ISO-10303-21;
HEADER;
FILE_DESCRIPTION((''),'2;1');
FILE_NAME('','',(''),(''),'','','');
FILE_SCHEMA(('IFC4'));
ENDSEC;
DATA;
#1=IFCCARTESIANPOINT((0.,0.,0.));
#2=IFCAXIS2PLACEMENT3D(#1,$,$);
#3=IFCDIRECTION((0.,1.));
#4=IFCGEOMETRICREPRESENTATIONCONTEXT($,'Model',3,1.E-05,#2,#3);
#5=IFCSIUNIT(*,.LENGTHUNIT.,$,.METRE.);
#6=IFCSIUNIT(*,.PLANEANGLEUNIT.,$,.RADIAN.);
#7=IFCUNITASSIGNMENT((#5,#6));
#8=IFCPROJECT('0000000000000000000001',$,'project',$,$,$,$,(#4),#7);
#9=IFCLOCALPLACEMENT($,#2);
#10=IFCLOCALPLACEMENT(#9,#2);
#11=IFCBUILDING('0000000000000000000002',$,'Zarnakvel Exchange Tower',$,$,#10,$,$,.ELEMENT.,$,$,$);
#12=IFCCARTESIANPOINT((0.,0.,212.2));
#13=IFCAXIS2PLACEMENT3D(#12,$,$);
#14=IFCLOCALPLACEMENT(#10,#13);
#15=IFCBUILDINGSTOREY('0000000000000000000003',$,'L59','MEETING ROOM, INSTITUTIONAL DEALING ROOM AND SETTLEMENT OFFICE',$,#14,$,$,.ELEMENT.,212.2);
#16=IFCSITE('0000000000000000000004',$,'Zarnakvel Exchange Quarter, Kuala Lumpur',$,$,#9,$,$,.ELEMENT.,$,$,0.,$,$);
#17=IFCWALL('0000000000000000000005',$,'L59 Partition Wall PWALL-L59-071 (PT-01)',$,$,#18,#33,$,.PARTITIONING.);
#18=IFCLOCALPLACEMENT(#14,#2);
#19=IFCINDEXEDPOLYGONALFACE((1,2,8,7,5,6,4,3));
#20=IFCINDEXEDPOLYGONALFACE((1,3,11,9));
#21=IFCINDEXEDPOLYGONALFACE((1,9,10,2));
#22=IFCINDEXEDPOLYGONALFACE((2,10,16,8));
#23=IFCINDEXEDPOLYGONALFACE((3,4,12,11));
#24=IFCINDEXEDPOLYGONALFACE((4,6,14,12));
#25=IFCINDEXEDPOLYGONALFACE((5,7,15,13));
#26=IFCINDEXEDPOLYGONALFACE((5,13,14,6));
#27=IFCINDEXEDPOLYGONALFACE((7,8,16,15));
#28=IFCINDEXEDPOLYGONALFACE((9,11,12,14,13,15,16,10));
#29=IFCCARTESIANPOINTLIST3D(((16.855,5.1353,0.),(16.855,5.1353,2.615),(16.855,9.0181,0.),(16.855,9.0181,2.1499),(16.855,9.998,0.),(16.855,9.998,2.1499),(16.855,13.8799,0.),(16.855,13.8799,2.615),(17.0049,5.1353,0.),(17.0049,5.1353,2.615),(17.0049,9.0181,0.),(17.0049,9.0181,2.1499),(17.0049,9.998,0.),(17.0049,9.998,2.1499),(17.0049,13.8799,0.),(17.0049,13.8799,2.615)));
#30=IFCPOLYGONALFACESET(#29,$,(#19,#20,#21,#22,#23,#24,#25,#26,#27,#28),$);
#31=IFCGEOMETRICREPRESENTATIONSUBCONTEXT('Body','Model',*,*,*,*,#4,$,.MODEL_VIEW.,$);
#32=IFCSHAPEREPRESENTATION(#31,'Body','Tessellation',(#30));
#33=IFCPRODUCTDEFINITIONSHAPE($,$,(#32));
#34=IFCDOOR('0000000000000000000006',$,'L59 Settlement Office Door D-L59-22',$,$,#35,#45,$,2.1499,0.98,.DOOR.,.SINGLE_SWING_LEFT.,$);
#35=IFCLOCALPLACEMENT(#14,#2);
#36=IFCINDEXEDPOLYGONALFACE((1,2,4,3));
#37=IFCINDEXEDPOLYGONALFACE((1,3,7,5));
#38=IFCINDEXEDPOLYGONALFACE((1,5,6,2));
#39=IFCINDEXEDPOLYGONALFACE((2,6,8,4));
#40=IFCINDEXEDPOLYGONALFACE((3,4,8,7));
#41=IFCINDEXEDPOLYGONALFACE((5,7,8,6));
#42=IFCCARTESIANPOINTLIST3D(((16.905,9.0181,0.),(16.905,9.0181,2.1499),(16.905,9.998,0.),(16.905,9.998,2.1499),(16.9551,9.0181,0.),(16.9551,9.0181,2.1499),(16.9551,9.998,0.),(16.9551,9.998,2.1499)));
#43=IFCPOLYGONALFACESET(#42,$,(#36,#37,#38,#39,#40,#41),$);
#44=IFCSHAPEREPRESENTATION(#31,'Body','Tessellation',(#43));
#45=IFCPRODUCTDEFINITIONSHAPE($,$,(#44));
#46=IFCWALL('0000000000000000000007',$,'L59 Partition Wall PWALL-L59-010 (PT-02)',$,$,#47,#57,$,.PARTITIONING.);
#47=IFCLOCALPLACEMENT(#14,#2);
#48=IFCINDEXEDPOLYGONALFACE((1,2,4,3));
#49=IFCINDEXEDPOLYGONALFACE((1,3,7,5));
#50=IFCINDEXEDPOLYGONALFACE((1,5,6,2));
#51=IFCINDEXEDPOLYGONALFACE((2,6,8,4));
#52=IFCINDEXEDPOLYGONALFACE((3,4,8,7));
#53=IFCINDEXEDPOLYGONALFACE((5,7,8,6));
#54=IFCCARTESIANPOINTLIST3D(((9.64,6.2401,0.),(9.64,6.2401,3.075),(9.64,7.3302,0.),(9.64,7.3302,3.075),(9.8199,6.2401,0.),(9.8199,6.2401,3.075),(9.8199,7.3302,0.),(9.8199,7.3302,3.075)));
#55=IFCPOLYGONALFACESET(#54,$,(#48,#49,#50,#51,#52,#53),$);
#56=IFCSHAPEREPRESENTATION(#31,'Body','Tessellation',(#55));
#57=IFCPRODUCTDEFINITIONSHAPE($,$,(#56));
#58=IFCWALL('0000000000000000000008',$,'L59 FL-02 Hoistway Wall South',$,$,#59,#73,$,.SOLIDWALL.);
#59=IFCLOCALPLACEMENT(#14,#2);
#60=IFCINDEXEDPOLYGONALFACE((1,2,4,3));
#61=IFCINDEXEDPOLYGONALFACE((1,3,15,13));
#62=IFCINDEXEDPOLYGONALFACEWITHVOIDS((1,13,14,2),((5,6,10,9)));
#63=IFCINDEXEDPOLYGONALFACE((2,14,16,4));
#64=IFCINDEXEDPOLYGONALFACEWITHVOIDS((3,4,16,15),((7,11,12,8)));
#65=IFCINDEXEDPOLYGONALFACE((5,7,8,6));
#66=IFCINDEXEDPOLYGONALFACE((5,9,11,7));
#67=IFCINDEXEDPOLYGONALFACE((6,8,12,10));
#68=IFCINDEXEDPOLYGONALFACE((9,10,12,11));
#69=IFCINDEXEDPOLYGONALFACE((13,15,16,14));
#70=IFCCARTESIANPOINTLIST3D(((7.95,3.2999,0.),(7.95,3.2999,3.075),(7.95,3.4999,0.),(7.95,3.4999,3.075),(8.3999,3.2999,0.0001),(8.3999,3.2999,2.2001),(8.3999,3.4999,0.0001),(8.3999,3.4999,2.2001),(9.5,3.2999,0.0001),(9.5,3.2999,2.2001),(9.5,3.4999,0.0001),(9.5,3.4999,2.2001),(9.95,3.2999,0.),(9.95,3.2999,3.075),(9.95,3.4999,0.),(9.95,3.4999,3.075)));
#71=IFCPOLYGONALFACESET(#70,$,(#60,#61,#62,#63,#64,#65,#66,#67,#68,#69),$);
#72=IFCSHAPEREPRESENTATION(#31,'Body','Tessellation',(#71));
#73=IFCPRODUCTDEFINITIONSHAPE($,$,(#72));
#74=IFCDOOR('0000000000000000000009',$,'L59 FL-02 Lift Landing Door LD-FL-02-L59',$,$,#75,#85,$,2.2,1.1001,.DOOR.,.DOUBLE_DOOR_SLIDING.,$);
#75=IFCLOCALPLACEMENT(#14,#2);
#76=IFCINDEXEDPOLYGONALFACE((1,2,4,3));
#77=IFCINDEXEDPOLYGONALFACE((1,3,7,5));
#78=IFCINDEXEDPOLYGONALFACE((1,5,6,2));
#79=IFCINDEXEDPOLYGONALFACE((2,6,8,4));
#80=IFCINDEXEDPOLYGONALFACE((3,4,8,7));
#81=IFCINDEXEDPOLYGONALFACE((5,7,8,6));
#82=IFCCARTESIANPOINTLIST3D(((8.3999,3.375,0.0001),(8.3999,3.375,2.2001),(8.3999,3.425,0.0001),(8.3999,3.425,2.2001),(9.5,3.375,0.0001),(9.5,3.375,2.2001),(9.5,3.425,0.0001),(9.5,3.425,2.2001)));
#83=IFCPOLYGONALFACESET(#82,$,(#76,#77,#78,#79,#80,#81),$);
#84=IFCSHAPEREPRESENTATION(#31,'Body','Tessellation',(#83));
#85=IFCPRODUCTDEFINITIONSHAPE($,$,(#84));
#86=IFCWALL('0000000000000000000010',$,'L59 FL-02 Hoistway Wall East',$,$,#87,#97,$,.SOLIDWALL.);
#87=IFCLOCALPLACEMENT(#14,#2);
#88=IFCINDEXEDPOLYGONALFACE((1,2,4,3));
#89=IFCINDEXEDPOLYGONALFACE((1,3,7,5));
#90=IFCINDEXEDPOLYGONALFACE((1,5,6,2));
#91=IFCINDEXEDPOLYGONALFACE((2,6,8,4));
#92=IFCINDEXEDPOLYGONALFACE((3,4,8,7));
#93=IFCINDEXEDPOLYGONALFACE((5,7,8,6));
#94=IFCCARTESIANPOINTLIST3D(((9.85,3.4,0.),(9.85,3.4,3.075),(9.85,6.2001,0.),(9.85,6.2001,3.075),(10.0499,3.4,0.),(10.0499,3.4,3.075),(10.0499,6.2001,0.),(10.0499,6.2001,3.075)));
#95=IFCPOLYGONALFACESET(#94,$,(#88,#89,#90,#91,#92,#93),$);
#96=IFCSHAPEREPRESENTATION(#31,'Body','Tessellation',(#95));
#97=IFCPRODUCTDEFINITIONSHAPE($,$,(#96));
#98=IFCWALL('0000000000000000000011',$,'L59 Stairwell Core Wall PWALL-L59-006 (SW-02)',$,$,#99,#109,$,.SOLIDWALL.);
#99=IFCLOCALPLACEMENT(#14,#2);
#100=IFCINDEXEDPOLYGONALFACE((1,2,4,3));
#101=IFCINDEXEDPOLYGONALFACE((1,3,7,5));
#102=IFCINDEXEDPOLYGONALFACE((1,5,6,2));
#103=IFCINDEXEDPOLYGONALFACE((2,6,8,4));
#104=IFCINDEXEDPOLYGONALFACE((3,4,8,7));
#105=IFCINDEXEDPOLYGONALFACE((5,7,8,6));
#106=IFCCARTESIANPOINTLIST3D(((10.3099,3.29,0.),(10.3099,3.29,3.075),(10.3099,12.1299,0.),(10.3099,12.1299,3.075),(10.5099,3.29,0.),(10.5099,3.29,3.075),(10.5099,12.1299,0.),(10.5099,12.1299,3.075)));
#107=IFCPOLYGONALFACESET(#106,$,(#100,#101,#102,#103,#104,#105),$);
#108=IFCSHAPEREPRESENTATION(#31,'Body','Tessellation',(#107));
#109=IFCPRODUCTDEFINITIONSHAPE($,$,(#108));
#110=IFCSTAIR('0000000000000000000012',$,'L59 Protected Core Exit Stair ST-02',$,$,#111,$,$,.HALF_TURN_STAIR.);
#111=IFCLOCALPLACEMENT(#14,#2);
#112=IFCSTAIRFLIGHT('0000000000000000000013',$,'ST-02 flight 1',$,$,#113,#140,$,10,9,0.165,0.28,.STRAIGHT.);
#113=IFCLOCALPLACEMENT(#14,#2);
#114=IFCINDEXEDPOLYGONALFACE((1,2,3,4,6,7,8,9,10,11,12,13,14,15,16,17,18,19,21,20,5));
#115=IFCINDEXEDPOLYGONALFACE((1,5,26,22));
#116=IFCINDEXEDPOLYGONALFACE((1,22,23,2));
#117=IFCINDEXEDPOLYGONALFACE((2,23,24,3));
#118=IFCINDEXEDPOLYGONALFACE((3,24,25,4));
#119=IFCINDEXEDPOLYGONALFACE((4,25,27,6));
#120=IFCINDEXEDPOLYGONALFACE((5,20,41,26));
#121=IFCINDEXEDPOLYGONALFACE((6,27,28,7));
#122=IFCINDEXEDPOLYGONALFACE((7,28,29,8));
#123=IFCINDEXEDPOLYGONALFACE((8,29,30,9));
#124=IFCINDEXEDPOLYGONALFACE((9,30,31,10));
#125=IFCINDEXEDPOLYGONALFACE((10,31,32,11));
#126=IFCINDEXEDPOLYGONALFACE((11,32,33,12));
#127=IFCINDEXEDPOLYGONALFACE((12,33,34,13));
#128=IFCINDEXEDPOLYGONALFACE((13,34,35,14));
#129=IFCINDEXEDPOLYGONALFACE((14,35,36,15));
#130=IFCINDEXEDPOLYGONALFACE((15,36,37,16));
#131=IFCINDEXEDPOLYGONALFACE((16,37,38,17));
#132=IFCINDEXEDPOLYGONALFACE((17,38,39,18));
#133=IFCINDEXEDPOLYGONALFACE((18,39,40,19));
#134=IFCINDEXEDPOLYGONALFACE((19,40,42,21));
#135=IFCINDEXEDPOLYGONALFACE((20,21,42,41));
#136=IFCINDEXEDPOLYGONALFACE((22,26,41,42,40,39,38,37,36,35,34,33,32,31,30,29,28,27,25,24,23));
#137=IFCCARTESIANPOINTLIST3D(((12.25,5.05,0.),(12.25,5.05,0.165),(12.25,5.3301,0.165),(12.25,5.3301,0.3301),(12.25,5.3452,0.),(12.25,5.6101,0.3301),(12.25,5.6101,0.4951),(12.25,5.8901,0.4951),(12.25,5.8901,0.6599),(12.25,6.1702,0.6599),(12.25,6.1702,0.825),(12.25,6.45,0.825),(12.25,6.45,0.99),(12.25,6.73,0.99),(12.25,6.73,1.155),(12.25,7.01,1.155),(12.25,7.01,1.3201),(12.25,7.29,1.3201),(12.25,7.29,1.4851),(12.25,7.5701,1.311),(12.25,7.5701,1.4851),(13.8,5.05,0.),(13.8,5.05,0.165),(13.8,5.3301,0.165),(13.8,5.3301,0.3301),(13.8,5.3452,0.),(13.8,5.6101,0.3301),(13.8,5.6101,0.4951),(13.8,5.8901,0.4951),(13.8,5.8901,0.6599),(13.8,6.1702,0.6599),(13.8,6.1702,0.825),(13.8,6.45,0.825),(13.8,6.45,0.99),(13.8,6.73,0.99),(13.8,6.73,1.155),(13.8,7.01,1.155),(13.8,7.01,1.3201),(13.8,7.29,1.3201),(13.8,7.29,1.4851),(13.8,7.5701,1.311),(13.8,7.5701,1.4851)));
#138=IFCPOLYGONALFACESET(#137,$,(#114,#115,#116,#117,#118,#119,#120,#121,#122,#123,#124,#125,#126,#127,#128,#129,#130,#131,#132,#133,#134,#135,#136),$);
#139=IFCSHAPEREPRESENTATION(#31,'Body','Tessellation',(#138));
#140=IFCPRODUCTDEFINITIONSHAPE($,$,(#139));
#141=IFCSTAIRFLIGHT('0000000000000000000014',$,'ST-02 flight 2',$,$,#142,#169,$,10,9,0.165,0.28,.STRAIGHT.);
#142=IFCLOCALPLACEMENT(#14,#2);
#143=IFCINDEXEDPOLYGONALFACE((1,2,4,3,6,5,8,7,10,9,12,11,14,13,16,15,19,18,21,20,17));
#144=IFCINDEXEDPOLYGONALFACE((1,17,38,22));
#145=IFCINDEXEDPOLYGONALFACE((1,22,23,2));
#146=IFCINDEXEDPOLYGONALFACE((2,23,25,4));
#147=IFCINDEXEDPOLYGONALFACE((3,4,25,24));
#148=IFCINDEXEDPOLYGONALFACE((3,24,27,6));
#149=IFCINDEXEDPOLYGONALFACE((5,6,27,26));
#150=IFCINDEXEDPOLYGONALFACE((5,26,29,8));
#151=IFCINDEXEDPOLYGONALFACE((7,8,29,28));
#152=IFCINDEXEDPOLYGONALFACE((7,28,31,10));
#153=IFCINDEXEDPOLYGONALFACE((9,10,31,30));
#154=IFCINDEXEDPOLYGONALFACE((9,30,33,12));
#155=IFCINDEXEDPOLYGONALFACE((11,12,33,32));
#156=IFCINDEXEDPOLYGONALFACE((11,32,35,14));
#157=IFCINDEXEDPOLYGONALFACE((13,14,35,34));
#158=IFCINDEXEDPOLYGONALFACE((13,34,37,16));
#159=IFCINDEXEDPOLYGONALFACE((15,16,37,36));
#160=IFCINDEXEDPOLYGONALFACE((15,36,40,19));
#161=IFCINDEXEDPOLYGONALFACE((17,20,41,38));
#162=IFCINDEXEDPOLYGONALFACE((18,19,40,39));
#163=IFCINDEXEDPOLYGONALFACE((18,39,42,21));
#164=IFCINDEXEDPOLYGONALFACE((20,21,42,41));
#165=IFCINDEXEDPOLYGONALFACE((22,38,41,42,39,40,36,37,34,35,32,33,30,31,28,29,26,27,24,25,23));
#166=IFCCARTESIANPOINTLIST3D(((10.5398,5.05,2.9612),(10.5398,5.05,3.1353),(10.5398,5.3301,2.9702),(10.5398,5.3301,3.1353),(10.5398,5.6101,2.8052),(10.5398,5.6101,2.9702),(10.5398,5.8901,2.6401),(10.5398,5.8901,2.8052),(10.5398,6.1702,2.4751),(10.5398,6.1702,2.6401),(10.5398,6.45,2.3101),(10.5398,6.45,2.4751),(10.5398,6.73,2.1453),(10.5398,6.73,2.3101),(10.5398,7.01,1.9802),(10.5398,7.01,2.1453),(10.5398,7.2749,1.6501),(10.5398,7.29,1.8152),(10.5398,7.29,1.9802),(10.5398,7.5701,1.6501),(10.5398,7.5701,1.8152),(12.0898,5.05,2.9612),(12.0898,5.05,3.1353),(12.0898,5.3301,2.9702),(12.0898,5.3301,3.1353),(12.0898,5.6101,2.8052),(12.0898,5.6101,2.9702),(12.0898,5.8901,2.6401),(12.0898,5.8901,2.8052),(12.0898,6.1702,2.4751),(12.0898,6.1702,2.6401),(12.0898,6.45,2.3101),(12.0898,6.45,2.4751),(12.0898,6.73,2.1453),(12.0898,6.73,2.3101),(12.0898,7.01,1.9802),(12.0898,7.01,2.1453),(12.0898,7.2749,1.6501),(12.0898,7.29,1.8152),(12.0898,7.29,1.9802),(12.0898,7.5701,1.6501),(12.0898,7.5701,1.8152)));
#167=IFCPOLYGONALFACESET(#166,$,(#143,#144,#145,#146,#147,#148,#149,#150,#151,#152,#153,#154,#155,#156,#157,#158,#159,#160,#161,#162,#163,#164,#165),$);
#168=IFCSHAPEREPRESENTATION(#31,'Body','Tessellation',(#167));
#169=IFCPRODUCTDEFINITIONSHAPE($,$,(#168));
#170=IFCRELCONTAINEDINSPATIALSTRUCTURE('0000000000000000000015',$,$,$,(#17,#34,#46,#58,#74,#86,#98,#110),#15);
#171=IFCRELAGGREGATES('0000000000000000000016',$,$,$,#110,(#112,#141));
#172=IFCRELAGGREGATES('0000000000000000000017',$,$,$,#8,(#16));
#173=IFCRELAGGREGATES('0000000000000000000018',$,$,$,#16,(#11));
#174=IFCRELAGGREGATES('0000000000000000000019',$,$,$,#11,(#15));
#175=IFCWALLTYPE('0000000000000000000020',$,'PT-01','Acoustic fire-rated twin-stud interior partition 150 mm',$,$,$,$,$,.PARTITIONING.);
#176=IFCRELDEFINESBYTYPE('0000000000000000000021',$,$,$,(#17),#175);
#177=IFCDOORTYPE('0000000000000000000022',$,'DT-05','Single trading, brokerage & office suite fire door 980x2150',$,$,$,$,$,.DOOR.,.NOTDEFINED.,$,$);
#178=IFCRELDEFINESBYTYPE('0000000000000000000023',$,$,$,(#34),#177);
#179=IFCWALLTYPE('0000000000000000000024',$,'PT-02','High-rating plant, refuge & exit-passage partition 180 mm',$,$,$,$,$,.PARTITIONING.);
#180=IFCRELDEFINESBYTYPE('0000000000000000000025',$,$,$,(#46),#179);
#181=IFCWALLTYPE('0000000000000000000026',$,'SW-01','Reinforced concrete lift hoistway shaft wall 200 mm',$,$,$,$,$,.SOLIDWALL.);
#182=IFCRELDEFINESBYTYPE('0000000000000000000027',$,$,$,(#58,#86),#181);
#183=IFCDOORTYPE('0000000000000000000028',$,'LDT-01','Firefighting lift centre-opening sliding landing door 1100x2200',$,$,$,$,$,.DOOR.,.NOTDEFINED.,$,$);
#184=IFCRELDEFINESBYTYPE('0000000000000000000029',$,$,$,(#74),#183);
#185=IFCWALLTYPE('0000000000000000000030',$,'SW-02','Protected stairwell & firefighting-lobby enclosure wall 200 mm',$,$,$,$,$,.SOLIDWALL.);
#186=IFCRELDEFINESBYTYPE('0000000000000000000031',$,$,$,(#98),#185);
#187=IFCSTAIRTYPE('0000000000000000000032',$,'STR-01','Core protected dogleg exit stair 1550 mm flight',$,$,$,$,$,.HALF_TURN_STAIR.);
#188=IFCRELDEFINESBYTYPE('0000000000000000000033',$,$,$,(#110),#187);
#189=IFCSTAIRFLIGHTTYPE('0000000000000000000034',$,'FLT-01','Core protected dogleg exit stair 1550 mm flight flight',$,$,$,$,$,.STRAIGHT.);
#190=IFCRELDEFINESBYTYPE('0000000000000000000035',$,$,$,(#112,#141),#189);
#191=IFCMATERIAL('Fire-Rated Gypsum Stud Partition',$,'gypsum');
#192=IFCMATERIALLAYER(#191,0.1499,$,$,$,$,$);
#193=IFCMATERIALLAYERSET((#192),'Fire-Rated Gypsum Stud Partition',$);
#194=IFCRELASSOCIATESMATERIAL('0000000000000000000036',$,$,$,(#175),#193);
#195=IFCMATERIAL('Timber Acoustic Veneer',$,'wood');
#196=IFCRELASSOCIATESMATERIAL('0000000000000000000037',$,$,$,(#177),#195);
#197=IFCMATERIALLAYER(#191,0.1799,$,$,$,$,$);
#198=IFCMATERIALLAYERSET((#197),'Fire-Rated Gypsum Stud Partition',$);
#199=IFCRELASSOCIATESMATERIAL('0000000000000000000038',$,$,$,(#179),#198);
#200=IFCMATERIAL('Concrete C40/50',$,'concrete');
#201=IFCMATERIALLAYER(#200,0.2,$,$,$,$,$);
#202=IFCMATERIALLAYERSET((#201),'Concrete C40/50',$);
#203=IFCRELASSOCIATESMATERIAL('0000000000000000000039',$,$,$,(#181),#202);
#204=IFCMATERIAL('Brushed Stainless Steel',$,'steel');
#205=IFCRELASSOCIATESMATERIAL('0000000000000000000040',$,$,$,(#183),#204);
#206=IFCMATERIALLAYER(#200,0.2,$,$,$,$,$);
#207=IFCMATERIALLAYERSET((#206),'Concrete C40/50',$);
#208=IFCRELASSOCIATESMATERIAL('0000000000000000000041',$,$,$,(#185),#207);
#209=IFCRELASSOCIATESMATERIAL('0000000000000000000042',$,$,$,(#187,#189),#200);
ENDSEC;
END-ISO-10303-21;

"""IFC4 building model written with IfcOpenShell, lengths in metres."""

from ifc_helpers import new_model, si_unit, direction, frame, frame_2d, origin, place, context, subcontext, project, spatial, polyline, rectangle, outline, extrude, source, transform, mapped, material, layer, layer_set, type_object, element, fill, aggregate, save


model = new_model("IFC4")

# Units and contexts
model_context = context("Model", 3, precision=1e-05, world=origin(), true_north=direction((0.0, 1.0)))
body_context = subcontext(model_context, "Body", "Model", "MODEL_VIEW")
ifc_project = project(units=[si_unit("LENGTHUNIT", "METRE"), si_unit("PLANEANGLEUNIT", "RADIAN")], contexts=[model_context])

# Site, building, storey
site_placement = place(None, origin())
site = spatial("IfcSite", under=ifc_project, at=site_placement, Name="Zarnakvel Exchange Quarter, Kuala Lumpur", CompositionType="ELEMENT", RefElevation=0.0)
building_placement = place(site_placement, origin())
building = spatial("IfcBuilding", under=site, at=building_placement, Name="Zarnakvel Exchange Tower", CompositionType="ELEMENT")
storey_placement = place(building_placement, frame((0.0, 0.0, 212.2)))
storey = spatial("IfcBuildingStorey", under=building, at=storey_placement, Name="L59", Description="MEETING ROOM, INSTITUTIONAL DEALING ROOM AND SETTLEMENT OFFICE", CompositionType="ELEMENT", Elevation=212.2)

# Shared definitions
ifc_material_1 = material(Name="Fire-Rated Gypsum Stud Partition", Category="gypsum")
ifc_layer_1 = layer(ifc_material_1, 0.1499)
ifc_layer_set_1 = layer_set([ifc_layer_1], Name="Fire-Rated Gypsum Stud Partition")
wall_type_1 = type_object("IfcWallType", Name="PT-01", Description="Acoustic fire-rated twin-stud interior partition 150 mm", PredefinedType="PARTITIONING", material=ifc_layer_set_1)

# Wall, opening, door
wall_1_placement = place(storey_placement, frame((16.9299, 5.1353, 0.0), z_axis=(0.0, 0.0, 1.0), x_axis=(0.0, 1.0, 0.0)))
wall_1 = element("IfcWall", 1, at=wall_1_placement, inside=storey, type_object=wall_type_1, Name="L59 Partition Wall PWALL-L59-071 (PT-01)", PredefinedType="PARTITIONING", context=body_context, shape_type="SweptSolid", body=[
    extrude(rectangle(XDim=8.7446, YDim=0.1499, at=frame_2d((4.3723, 0.0))), origin(), (0.0, 0.0, 1.0), 2.615),
])
opening_1_placement = place(wall_1_placement, frame((3.8828, 0.0, 0.0)))
opening_1 = element("IfcOpeningElement", 2, at=opening_1_placement, cuts=wall_1, PredefinedType="OPENING", context=body_context, shape_type="SweptSolid", body=[
    extrude(rectangle(XDim=0.98, YDim=2.1499, at=frame_2d((0.49, 1.075))), frame((0.0, 0.085, 0.0), z_axis=(0.0, -1.0, 0.0), x_axis=(1.0, 0.0, 0.0)), (0.0, 0.0, 1.0), 0.1699),
])
ifc_material_2 = material(Name="Timber Acoustic Veneer", Category="wood")
door_type_1 = type_object("IfcDoorType", Name="DT-05", Description="Single trading, brokerage & office suite fire door 980x2150", OperationType="NOTDEFINED", PredefinedType="DOOR", material=ifc_material_2)
shared_shape_1 = source(origin(), body_context, "Body", "SweptSolid", [
    extrude(rectangle(XDim=0.98, YDim=2.1499, at=frame_2d((0.49, 1.075))), frame((0.0, 0.0249, 0.0), z_axis=(0.0, -1.0, 0.0), x_axis=(1.0, 0.0, 0.0)), (0.0, 0.0, 1.0), 0.05),
])
door_1_placement = place(opening_1_placement, origin())
door_1 = element("IfcDoor", 3, at=door_1_placement, inside=storey, type_object=door_type_1, Name="L59 Settlement Office Door D-L59-22", OperationType="SINGLE_SWING_LEFT", OverallHeight=2.1499, OverallWidth=0.98, PredefinedType="DOOR", context=body_context, shape_type="MappedRepresentation", body=[
    mapped(shared_shape_1, transform((0.0, 0.0, 0.0), x_axis=(1.0, 0.0, 0.0), y_axis=(0.0, 1.0, 0.0), z_axis=(0.0, 0.0, 1.0), scale=1.0)),
])
fill(opening_1, door_1)

# Wall
ifc_layer_2 = layer(ifc_material_1, 0.1799)
ifc_layer_set_2 = layer_set([ifc_layer_2], Name="Fire-Rated Gypsum Stud Partition")
wall_type_2 = type_object("IfcWallType", Name="PT-02", Description="High-rating plant, refuge & exit-passage partition 180 mm", PredefinedType="PARTITIONING", material=ifc_layer_set_2)
wall_2_placement = place(storey_placement, frame((9.73, 7.3301, 0.0), z_axis=(0.0, 0.0, 1.0), x_axis=(0.0, -1.0, 0.0)))
element("IfcWall", 4, at=wall_2_placement, inside=storey, type_object=wall_type_2, Name="L59 Partition Wall PWALL-L59-010 (PT-02)", PredefinedType="PARTITIONING", context=body_context, shape_type="SweptSolid", body=[
    extrude(rectangle(XDim=1.0901, YDim=0.1799, at=frame_2d((0.5449, 0.0))), origin(), (0.0, 0.0, 1.0), 3.075),
])

# Wall, opening, door
ifc_material_3 = material(Name="Concrete C40/50", Category="concrete")
ifc_layer_3 = layer(ifc_material_3, 0.2)
ifc_layer_set_3 = layer_set([ifc_layer_3], Name="Concrete C40/50")
wall_type_3 = type_object("IfcWallType", Name="SW-01", Description="Reinforced concrete lift hoistway shaft wall 200 mm", PredefinedType="SOLIDWALL", material=ifc_layer_set_3)
wall_3_placement = place(storey_placement, frame((9.95, 3.3999, 0.0), z_axis=(0.0, 0.0, 1.0), x_axis=(-1.0, 0.0, 0.0)))
wall_3 = element("IfcWall", 5, at=wall_3_placement, inside=storey, type_object=wall_type_3, Name="L59 FL-02 Hoistway Wall South", PredefinedType="SOLIDWALL", context=body_context, shape_type="SweptSolid", body=[
    extrude(rectangle(XDim=2.0, YDim=0.2, at=frame_2d((1.0, 0.0))), origin(), (0.0, 0.0, 1.0), 3.075),
])
opening_2_placement = place(wall_3_placement, frame((0.45, 0.0, 0.0)))
opening_2 = element("IfcOpeningElement", 6, at=opening_2_placement, cuts=wall_3, PredefinedType="OPENING", context=body_context, shape_type="SweptSolid", body=[
    extrude(rectangle(XDim=1.1001, YDim=2.2, at=frame_2d((0.55, 1.1001))), frame((0.0, 0.1099, 0.0), z_axis=(0.0, -1.0, 0.0), x_axis=(1.0, 0.0, 0.0)), (0.0, 0.0, 1.0), 0.22),
])
ifc_material_4 = material(Name="Brushed Stainless Steel", Category="steel")
door_type_2 = type_object("IfcDoorType", Name="LDT-01", Description="Firefighting lift centre-opening sliding landing door 1100x2200", OperationType="NOTDEFINED", PredefinedType="DOOR", material=ifc_material_4)
shared_shape_2 = source(origin(), body_context, "Body", "SweptSolid", [
    extrude(rectangle(XDim=1.1001, YDim=2.2, at=frame_2d((0.55, 1.1001))), frame((0.0, 0.0249, 0.0), z_axis=(0.0, -1.0, 0.0), x_axis=(1.0, 0.0, 0.0)), (0.0, 0.0, 1.0), 0.05),
])
door_2_placement = place(opening_2_placement, origin())
door_2 = element("IfcDoor", 7, at=door_2_placement, inside=storey, type_object=door_type_2, Name="L59 FL-02 Lift Landing Door LD-FL-02-L59", OperationType="DOUBLE_DOOR_SLIDING", OverallHeight=2.2, OverallWidth=1.1001, PredefinedType="DOOR", context=body_context, shape_type="MappedRepresentation", body=[
    mapped(shared_shape_2, transform((0.0, 0.0, 0.0), x_axis=(1.0, 0.0, 0.0), y_axis=(0.0, 1.0, 0.0), z_axis=(0.0, 0.0, 1.0), scale=1.0)),
])
fill(opening_2, door_2)

# Wall
wall_4_placement = place(storey_placement, frame((9.95, 6.2, 0.0), z_axis=(0.0, 0.0, 1.0), x_axis=(0.0, -1.0, 0.0)))
element("IfcWall", 8, at=wall_4_placement, inside=storey, type_object=wall_type_3, Name="L59 FL-02 Hoistway Wall East", PredefinedType="SOLIDWALL", context=body_context, shape_type="SweptSolid", body=[
    extrude(rectangle(XDim=2.8, YDim=0.2, at=frame_2d((1.3999, 0.0))), origin(), (0.0, 0.0, 1.0), 3.075),
])

# Shared definitions
ifc_layer_4 = layer(ifc_material_3, 0.2)
ifc_layer_set_4 = layer_set([ifc_layer_4], Name="Concrete C40/50")
wall_type_4 = type_object("IfcWallType", Name="SW-02", Description="Protected stairwell & firefighting-lobby enclosure wall 200 mm", PredefinedType="SOLIDWALL", material=ifc_layer_set_4)

# Wall
wall_5_placement = place(storey_placement, frame((10.4099, 3.29, 0.0), z_axis=(0.0, 0.0, 1.0), x_axis=(0.0, 1.0, 0.0)))
element("IfcWall", 9, at=wall_5_placement, inside=storey, type_object=wall_type_4, Name="L59 Stairwell Core Wall PWALL-L59-006 (SW-02)", PredefinedType="SOLIDWALL", context=body_context, shape_type="SweptSolid", body=[
    extrude(rectangle(XDim=8.8398, YDim=0.2, at=frame_2d((4.4199, 0.0))), origin(), (0.0, 0.0, 1.0), 3.075),
])

# Stair, stair flights
stair_type = type_object("IfcStairType", Name="STR-01", Description="Core protected dogleg exit stair 1550 mm flight", PredefinedType="HALF_TURN_STAIR", material=ifc_material_3)
stair_placement = place(storey_placement, origin())
stair = element("IfcStair", 10, at=stair_placement, inside=storey, type_object=stair_type, Name="L59 Protected Core Exit Stair ST-02", PredefinedType="HALF_TURN_STAIR")
stair_flight_type = type_object("IfcStairFlightType", Name="FLT-01", Description="Core protected dogleg exit stair 1550 mm flight flight", PredefinedType="STRAIGHT", material=ifc_material_3)
stair_flight_1_placement = place(storey_placement, frame((13.0249, 5.05, 0.0), z_axis=(0.0, 0.0, 1.0), x_axis=(0.0, 1.0, 0.0)))
stair_flight_1 = element("IfcStairFlight", 11, at=stair_flight_1_placement, type_object=stair_flight_type, Name="ST-02 flight 1", NumberOfRisers=10, NumberOfTreads=9, PredefinedType="STRAIGHT", RiserHeight=0.165, TreadLength=0.28, context=body_context, shape_type="SweptSolid", body=[
    extrude(outline(polyline([(0.0, 0.0), (0.0, 0.165), (0.28, 0.165), (0.28, 0.3301), (0.5601, 0.3301), (0.5601, 0.4951), (0.8401, 0.4951), (0.8401, 0.6599), (1.1201, 0.6599), (1.1201, 0.825), (1.3999, 0.825), (1.3999, 0.99), (1.6799, 0.99), (1.6799, 1.155), (1.96, 1.155), (1.96, 1.3201), (2.24, 1.3201), (2.24, 1.4851), (2.52, 1.4851), (2.52, 1.6499), (2.52, 1.311), (0.2952, 0.0), (0.0, 0.0)])), frame((0.0, 0.7749, 0.0), z_axis=(0.0, -1.0, 0.0), x_axis=(1.0, 0.0, 0.0)), (0.0, 0.0, 1.0), 1.55),
])
stair_flight_2_placement = place(storey_placement, frame((11.3149, 7.5701, 1.6501), z_axis=(0.0, 0.0, 1.0), x_axis=(0.0, -1.0, 0.0)))
stair_flight_2 = element("IfcStairFlight", 12, at=stair_flight_2_placement, type_object=stair_flight_type, Name="ST-02 flight 2", NumberOfRisers=10, NumberOfTreads=9, PredefinedType="STRAIGHT", RiserHeight=0.165, TreadLength=0.28, context=body_context, shape_type="SweptSolid", body=[
    extrude(outline(polyline([(0.0, 0.0), (0.0, 0.165), (0.28, 0.165), (0.28, 0.3301), (0.5601, 0.3301), (0.5601, 0.4951), (0.8401, 0.4951), (0.8401, 0.6599), (1.1201, 0.6599), (1.1201, 0.825), (1.3999, 0.825), (1.3999, 0.99), (1.6799, 0.99), (1.6799, 1.155), (1.96, 1.155), (1.96, 1.3201), (2.24, 1.3201), (2.24, 1.4851), (2.52, 1.4851), (2.52, 1.6499), (2.52, 1.311), (0.2952, 0.0), (0.0, 0.0)])), frame((0.0, 0.7749, 0.0), z_axis=(0.0, -1.0, 0.0), x_axis=(1.0, 0.0, 0.0)), (0.0, 0.0, 1.0), 1.55),
])
aggregate(stair, [stair_flight_1, stair_flight_2])

save(model, "model.ifc")
